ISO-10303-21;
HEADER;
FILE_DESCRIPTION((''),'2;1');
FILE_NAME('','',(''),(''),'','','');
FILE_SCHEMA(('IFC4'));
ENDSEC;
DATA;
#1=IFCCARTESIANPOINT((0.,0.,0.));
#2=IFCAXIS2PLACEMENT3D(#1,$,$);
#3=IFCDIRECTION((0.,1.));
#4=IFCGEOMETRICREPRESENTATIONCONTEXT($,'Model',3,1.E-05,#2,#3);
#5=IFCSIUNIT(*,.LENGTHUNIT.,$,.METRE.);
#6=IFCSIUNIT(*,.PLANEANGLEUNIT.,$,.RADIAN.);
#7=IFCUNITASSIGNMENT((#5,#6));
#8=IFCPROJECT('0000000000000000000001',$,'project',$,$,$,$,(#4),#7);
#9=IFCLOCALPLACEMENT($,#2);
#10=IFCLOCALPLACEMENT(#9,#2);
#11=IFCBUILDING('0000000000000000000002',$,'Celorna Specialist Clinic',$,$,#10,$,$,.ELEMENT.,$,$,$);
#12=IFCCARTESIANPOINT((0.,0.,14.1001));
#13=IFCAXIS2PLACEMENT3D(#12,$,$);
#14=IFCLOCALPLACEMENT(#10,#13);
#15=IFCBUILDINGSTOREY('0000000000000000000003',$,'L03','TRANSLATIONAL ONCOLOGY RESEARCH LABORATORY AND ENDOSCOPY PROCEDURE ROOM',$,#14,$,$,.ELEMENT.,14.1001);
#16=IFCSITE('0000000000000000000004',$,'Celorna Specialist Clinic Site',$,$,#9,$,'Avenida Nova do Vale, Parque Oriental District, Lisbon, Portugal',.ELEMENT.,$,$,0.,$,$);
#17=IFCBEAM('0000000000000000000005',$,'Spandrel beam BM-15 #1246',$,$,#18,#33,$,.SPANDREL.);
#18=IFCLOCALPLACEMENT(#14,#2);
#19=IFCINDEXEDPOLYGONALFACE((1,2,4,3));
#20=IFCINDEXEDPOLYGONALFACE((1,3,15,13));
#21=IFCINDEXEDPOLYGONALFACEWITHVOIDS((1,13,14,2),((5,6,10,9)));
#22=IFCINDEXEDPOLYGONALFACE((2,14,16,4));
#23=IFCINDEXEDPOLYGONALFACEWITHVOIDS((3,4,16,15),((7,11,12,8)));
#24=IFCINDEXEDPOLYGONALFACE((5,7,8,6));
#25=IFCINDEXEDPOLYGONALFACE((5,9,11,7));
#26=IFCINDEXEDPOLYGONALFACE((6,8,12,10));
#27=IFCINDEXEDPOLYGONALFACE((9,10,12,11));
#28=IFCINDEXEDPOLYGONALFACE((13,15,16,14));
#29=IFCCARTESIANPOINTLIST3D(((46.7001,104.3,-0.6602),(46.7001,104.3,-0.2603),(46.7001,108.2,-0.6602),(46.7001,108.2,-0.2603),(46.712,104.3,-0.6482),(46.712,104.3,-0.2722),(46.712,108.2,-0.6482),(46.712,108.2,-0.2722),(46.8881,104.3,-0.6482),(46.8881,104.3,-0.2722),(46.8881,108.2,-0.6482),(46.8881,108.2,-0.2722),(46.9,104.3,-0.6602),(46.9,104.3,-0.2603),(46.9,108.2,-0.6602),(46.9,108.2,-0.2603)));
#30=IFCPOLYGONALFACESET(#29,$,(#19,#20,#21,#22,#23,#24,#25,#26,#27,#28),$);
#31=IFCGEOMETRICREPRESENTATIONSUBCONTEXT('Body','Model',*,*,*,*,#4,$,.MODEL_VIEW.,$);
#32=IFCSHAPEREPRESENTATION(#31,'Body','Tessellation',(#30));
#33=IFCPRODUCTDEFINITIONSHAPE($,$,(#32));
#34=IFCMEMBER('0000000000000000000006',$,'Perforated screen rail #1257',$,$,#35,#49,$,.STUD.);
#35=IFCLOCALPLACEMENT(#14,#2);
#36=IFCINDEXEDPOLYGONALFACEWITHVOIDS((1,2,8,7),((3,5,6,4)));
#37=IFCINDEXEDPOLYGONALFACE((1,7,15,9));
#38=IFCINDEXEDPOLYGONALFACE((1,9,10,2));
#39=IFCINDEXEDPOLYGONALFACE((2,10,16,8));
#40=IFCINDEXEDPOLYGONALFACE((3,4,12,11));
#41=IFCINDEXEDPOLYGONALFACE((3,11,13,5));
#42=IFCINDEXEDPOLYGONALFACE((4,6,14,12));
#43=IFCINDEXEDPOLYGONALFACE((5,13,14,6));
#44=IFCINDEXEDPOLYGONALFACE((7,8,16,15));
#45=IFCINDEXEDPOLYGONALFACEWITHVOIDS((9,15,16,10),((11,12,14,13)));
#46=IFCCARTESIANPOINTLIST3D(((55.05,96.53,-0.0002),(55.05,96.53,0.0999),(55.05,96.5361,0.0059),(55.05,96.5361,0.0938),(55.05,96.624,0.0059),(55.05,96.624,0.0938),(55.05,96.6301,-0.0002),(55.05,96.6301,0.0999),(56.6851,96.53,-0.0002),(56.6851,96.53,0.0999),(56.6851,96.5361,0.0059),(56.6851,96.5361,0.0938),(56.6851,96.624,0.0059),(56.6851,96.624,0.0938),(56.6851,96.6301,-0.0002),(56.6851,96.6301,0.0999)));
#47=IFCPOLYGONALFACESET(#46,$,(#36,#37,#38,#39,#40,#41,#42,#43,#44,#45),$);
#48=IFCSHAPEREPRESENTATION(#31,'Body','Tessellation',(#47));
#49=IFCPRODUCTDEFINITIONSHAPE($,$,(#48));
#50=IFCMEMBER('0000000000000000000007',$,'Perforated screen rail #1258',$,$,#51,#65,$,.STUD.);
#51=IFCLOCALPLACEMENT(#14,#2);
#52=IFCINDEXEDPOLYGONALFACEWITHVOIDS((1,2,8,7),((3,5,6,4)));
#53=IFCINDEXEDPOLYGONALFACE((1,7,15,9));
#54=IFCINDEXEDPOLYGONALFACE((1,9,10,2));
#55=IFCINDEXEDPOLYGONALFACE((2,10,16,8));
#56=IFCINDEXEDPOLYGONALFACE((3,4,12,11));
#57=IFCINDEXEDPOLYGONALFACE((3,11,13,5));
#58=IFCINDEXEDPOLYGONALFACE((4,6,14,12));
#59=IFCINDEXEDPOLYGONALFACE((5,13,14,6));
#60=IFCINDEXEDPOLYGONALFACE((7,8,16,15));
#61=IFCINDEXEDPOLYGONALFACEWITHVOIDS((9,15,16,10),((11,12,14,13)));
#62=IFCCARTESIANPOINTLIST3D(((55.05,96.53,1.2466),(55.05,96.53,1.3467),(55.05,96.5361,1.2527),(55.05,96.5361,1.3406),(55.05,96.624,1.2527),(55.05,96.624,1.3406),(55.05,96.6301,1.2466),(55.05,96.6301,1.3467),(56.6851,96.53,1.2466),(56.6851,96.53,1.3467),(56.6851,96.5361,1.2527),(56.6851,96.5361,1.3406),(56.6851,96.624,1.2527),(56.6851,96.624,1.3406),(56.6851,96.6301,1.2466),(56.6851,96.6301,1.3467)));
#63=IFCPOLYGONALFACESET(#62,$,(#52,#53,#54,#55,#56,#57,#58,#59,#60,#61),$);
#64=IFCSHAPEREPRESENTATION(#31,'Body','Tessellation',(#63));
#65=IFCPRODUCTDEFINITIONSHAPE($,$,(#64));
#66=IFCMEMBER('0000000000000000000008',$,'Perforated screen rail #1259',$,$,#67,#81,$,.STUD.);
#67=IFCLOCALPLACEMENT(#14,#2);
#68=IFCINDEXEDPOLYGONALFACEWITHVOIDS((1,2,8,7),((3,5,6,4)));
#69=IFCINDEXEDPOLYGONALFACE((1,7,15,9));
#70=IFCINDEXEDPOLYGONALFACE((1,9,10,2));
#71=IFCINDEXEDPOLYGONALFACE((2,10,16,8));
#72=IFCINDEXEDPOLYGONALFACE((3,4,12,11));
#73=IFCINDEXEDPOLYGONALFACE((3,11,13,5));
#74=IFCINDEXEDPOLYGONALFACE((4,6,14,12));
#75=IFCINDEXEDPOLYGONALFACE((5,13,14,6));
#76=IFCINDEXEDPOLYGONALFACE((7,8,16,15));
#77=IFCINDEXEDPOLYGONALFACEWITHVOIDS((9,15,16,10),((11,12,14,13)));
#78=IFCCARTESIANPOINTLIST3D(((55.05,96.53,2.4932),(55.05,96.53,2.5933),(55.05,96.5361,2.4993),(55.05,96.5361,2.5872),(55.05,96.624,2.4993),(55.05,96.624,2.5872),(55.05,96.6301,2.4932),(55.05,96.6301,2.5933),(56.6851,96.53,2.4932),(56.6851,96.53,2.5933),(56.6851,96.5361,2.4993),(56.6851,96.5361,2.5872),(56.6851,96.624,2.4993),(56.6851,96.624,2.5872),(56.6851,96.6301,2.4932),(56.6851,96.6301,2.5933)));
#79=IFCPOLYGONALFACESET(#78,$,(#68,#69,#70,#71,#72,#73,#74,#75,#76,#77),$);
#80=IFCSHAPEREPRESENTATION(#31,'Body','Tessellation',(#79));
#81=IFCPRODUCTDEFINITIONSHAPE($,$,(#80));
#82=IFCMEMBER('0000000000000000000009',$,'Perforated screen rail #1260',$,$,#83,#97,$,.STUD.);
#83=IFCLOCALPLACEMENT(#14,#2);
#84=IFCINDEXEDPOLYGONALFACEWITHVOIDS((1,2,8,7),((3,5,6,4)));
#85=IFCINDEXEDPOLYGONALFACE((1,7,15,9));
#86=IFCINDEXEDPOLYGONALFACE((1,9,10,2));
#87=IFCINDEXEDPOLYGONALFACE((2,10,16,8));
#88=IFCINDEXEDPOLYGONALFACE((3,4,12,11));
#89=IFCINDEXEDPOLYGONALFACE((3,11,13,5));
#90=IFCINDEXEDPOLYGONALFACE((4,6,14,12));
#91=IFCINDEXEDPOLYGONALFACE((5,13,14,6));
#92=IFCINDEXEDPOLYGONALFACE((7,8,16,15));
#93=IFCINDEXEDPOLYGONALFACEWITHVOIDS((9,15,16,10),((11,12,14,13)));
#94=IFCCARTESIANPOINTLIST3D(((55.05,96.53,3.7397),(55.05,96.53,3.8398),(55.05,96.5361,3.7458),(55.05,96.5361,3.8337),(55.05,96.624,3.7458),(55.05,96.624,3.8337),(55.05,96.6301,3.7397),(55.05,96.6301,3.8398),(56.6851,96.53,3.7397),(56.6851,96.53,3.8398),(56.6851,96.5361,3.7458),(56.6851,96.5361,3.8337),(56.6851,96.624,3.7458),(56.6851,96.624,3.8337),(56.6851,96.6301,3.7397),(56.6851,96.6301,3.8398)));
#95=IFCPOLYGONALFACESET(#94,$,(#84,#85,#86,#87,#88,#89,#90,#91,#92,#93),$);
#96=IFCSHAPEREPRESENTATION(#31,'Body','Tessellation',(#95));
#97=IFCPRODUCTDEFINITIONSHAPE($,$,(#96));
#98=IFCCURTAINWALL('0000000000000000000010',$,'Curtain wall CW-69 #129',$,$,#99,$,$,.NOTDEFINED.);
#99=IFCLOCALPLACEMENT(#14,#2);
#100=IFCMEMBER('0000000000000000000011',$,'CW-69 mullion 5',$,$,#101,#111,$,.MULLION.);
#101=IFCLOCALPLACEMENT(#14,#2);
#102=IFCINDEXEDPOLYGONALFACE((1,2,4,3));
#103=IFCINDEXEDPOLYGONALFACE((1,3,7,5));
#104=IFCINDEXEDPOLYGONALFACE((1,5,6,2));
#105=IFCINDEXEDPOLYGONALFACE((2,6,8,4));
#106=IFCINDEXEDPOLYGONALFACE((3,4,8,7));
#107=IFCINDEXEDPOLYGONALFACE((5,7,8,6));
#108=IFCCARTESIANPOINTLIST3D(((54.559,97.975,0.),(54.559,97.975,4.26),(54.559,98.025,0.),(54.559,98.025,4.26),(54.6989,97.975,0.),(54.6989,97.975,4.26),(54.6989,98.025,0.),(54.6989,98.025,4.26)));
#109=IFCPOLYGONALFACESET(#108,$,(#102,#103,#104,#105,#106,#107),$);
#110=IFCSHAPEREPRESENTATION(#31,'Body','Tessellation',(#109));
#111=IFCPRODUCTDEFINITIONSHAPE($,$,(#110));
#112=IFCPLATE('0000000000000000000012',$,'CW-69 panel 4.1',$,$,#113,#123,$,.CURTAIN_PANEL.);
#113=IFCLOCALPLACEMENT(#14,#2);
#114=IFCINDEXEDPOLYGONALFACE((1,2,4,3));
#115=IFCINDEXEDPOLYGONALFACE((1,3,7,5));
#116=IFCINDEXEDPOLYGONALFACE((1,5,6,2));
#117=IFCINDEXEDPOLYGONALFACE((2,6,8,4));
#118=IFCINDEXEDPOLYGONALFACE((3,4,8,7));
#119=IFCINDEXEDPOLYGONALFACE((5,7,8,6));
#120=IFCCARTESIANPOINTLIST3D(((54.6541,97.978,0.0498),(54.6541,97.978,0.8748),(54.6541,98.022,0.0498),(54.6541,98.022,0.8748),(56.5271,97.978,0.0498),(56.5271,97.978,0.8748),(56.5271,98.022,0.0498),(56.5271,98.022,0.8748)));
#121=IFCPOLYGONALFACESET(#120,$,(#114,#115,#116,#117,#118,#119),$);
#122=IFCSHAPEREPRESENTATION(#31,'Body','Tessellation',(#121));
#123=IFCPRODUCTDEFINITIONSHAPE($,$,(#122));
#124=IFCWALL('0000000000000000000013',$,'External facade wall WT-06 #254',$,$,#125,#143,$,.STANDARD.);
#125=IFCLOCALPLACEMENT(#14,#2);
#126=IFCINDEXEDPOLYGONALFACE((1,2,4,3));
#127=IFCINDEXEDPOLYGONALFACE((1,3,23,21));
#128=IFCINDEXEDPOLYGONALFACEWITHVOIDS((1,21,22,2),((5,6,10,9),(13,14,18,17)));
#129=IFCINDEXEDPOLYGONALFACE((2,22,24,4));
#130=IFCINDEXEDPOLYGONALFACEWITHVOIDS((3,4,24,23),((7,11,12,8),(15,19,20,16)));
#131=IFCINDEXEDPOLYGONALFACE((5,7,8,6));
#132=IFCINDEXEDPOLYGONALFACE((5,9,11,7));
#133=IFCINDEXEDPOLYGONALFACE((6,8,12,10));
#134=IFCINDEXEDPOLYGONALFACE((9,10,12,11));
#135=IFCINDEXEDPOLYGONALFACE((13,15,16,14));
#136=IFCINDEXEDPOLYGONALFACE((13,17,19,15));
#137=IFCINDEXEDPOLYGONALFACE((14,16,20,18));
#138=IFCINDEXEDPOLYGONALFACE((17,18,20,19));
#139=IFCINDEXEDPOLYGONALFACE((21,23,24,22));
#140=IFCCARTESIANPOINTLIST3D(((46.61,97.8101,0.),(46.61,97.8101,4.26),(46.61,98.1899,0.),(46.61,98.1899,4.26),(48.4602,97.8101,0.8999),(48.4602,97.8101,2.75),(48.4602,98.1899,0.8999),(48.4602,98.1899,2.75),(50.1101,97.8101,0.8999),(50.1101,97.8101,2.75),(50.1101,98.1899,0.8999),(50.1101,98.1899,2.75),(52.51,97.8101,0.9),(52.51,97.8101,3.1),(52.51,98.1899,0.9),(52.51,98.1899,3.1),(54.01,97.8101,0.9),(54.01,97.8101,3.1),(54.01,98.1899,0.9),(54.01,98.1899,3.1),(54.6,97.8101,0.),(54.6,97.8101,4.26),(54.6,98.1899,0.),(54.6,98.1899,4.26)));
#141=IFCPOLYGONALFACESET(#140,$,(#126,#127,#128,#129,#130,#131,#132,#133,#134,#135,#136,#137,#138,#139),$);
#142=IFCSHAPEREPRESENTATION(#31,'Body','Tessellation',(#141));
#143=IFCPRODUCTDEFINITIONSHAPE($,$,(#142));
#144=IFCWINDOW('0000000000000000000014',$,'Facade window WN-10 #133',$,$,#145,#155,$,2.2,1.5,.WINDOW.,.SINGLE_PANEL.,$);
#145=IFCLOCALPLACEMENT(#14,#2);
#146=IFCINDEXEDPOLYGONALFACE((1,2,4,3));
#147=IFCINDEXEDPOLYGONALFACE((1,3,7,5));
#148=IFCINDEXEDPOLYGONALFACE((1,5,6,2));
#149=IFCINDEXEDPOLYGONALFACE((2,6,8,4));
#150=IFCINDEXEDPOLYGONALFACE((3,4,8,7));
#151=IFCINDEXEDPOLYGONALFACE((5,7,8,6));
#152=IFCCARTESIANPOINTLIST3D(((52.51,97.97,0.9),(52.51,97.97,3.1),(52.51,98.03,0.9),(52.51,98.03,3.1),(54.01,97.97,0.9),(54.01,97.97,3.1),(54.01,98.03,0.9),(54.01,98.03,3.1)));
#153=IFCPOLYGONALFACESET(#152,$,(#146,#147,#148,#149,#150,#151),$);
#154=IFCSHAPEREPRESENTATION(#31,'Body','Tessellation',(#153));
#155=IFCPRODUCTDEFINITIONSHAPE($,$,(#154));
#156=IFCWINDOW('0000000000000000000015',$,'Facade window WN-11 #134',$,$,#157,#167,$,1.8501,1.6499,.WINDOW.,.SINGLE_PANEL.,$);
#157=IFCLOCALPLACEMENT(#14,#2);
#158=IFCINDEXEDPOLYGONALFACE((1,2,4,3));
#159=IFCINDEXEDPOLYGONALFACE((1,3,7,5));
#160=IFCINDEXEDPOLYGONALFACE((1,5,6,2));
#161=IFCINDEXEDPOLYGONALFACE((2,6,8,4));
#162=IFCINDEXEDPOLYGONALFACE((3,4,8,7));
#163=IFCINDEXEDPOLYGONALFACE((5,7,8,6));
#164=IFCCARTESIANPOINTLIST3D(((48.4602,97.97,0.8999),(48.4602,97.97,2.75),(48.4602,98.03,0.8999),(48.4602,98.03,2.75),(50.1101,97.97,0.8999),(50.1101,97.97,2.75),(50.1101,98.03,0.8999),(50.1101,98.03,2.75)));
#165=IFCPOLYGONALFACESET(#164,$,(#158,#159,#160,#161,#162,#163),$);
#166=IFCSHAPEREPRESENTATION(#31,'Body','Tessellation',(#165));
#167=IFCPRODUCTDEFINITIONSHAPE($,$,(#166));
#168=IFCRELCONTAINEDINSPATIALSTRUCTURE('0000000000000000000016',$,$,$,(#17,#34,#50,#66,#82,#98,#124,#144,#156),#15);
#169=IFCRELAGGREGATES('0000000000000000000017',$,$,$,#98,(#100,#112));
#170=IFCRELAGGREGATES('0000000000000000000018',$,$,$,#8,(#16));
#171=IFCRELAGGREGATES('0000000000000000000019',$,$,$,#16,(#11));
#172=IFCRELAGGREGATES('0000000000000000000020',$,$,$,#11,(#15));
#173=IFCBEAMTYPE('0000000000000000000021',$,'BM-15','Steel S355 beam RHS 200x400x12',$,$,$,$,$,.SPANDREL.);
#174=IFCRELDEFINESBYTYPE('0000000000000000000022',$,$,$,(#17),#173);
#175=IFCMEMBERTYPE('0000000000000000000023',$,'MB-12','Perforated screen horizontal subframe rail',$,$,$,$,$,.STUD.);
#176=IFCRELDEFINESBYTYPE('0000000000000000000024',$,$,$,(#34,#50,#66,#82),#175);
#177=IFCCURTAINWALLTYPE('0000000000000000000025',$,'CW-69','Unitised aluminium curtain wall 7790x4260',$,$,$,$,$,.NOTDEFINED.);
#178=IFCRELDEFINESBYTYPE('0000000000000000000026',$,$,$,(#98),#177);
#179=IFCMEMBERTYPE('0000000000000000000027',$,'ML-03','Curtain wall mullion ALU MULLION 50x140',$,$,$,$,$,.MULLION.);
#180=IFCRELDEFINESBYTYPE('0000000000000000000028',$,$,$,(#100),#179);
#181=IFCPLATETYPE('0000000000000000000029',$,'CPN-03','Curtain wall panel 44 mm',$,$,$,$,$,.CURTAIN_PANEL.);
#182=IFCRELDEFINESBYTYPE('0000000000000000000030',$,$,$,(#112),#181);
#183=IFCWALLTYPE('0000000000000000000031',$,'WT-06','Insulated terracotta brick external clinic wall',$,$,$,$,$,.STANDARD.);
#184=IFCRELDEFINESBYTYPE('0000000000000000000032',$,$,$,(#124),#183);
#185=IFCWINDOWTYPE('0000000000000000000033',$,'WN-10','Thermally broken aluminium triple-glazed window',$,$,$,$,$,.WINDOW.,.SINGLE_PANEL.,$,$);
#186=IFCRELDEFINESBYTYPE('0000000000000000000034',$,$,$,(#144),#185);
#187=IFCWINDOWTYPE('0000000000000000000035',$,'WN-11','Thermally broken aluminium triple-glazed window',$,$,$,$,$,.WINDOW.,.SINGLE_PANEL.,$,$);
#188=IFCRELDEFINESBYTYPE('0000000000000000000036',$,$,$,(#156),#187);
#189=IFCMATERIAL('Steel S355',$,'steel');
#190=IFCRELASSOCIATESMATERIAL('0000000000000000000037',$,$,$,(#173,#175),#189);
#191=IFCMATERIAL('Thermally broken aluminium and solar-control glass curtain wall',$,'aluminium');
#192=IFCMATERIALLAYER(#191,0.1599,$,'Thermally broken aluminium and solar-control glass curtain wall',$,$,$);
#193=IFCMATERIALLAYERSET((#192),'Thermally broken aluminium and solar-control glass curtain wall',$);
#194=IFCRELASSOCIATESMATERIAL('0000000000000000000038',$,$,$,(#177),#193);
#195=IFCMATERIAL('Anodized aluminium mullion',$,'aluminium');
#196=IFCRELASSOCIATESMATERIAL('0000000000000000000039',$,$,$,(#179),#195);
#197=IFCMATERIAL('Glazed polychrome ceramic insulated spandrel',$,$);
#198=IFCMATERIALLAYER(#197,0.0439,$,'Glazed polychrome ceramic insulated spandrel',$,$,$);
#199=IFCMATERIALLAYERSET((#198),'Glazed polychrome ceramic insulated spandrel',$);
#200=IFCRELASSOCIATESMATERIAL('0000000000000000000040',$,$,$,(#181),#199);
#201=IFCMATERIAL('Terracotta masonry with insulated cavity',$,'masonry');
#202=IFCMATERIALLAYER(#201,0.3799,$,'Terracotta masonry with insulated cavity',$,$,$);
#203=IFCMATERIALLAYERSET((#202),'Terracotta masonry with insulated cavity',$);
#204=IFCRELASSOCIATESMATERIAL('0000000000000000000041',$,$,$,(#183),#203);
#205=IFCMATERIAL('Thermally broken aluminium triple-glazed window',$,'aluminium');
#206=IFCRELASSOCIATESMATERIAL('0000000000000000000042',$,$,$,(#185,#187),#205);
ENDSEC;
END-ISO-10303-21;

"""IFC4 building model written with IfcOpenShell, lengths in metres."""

from ifc_helpers import new_model, si_unit, direction, frame, frame_2d, origin, origin_2d, place, context, subcontext, project, spatial, rectangle, hollow_rectangle, extrude, material, layer, layer_set, material_profile, profile_set, type_object, element, fill, aggregate, save


model = new_model("IFC4")

# Units and contexts
model_context = context("Model", 3, precision=1e-05, world=origin(), true_north=direction((0.0, 1.0)))
body_context = subcontext(model_context, "Body", "Model", "MODEL_VIEW")
ifc_project = project(units=[si_unit("LENGTHUNIT", "METRE"), si_unit("PLANEANGLEUNIT", "RADIAN")], contexts=[model_context])

# Site, building, storey
site_placement = place(None, origin())
site = spatial("IfcSite", under=ifc_project, at=site_placement, Name="Celorna Specialist Clinic Site", LongName="Avenida Nova do Vale, Parque Oriental District, Lisbon, Portugal", CompositionType="ELEMENT", RefElevation=0.0)
building_placement = place(site_placement, origin())
building = spatial("IfcBuilding", under=site, at=building_placement, Name="Celorna Specialist Clinic", CompositionType="ELEMENT")
storey_placement = place(building_placement, frame((0.0, 0.0, 14.1001)))
storey = spatial("IfcBuildingStorey", under=building, at=storey_placement, Name="L03", Description="TRANSLATIONAL ONCOLOGY RESEARCH LABORATORY AND ENDOSCOPY PROCEDURE ROOM", CompositionType="ELEMENT", Elevation=14.1001)

# Beam
ifc_material_1 = material(Name="Steel S355", Category="steel")
ifc_material_profile_1 = material_profile(ifc_material_1, hollow_rectangle(XDim=0.2, YDim=0.3999, WallThickness=0.012, at=origin_2d()), Name="RHS 200x400x12")
ifc_profile_set_1 = profile_set([ifc_material_profile_1], Name="Steel S355")
beam_type_1 = type_object("IfcBeamType", Name="BM-15", Description="Steel S355 beam RHS 200x400x12", PredefinedType="SPANDREL", material=ifc_profile_set_1)
beam_1_placement = place(storey_placement, frame((46.8, 104.3, -0.4602), z_axis=(0.0, 1.0, 0.0), x_axis=(-1.0, 0.0, 0.0)))
element("IfcBeam", 1, at=beam_1_placement, inside=storey, type_object=beam_type_1, Name="Spandrel beam BM-15 #1246", PredefinedType="SPANDREL", context=body_context, shape_type="SweptSolid", body=[
    extrude(hollow_rectangle(XDim=0.2, YDim=0.3999, WallThickness=0.012, at=origin_2d()), origin(), (0.0, 0.0, 1.0), 3.8999),
])

# Members
ifc_material_profile_2 = material_profile(ifc_material_1, hollow_rectangle(XDim=0.1001, YDim=0.1001, WallThickness=0.0061, at=origin_2d()), Name="SHS 100x100x6")
ifc_profile_set_2 = profile_set([ifc_material_profile_2], Name="Steel S355")
member_type_1 = type_object("IfcMemberType", Name="MB-12", Description="Perforated screen horizontal subframe rail", PredefinedType="STUD", material=ifc_profile_set_2)
for number, where, z_axis, x_axis, name in (
    (2, (55.05, 96.5801, 0.0498), (1.0, 0.0, 0.0), (0.0, 1.0, 0.0), "Perforated screen rail #1257"),
    (3, (55.05, 96.5801, 1.2966), (1.0, 0.0, 0.0), (0.0, 1.0, 0.0), "Perforated screen rail #1258"),
    (4, (55.05, 96.5801, 2.5432), (1.0, 0.0, 0.0), (0.0, 1.0, 0.0), "Perforated screen rail #1259"),
    (5, (55.05, 96.5801, 3.7898), (1.0, 0.0, 0.0), (0.0, 1.0, 0.0), "Perforated screen rail #1260"),
):
    element("IfcMember", number, at=place(storey_placement, frame(where, z_axis=z_axis, x_axis=x_axis)), inside=storey, type_object=member_type_1, Name=name, PredefinedType="STUD", context=body_context, shape_type="SweptSolid", body=[
        extrude(hollow_rectangle(XDim=0.1001, YDim=0.1001, WallThickness=0.0061, at=origin_2d()), origin(), (0.0, 0.0, 1.0), 1.635),
    ])

# Curtain wall, member, plate
ifc_material_2 = material(Name="Thermally broken aluminium and solar-control glass curtain wall", Category="aluminium")
ifc_layer_1 = layer(ifc_material_2, 0.1599, Name="Thermally broken aluminium and solar-control glass curtain wall")
ifc_layer_set_1 = layer_set([ifc_layer_1], Name="Thermally broken aluminium and solar-control glass curtain wall")
curtain_wall_type = type_object("IfcCurtainWallType", Name="CW-69", Description="Unitised aluminium curtain wall 7790x4260", PredefinedType="NOTDEFINED", material=ifc_layer_set_1)
curtain_wall_placement = place(storey_placement, origin())
curtain_wall = element("IfcCurtainWall", 6, at=curtain_wall_placement, inside=storey, type_object=curtain_wall_type, Name="Curtain wall CW-69 #129", PredefinedType="NOTDEFINED")
ifc_material_3 = material(Name="Anodized aluminium mullion", Category="aluminium")
ifc_material_profile_3 = material_profile(ifc_material_3, rectangle(XDim=0.05, YDim=0.1399, at=origin_2d()), Name="ALU MULLION 50x140")
ifc_profile_set_3 = profile_set([ifc_material_profile_3], Name="Anodized aluminium mullion")
member_type_2 = type_object("IfcMemberType", Name="ML-03", Description="Curtain wall mullion ALU MULLION 50x140", PredefinedType="MULLION", material=ifc_profile_set_3)
member_placement = place(storey_placement, frame((54.6289, 98.0, 0.0), z_axis=(0.0, 0.0, 1.0), x_axis=(0.0, -1.0, 0.0)))
member = element("IfcMember", 7, at=member_placement, type_object=member_type_2, Name="CW-69 mullion 5", PredefinedType="MULLION", context=body_context, shape_type="SweptSolid", body=[
    extrude(rectangle(XDim=0.05, YDim=0.1399, at=origin_2d()), origin(), (0.0, 0.0, 1.0), 4.26),
])
ifc_material_4 = material(Name="Glazed polychrome ceramic insulated spandrel")
ifc_layer_2 = layer(ifc_material_4, 0.0439, Name="Glazed polychrome ceramic insulated spandrel")
ifc_layer_set_2 = layer_set([ifc_layer_2], Name="Glazed polychrome ceramic insulated spandrel")
plate_type = type_object("IfcPlateType", Name="CPN-03", Description="Curtain wall panel 44 mm", PredefinedType="CURTAIN_PANEL", material=ifc_layer_set_2)
plate_placement = place(storey_placement, frame((55.5906, 98.0, 0.0498), z_axis=(0.0, 0.0, 1.0), x_axis=(-1.0, 0.0, 0.0)))
plate = element("IfcPlate", 8, at=plate_placement, type_object=plate_type, Name="CW-69 panel 4.1", PredefinedType="CURTAIN_PANEL", context=body_context, shape_type="SweptSolid", body=[
    extrude(rectangle(XDim=1.873, YDim=0.0439, at=origin_2d()), origin(), (0.0, 0.0, 1.0), 0.825),
])
aggregate(curtain_wall, [member, plate])

# Wall, openings, windows
ifc_material_5 = material(Name="Terracotta masonry with insulated cavity", Category="masonry")
ifc_layer_3 = layer(ifc_material_5, 0.3799, Name="Terracotta masonry with insulated cavity")
ifc_layer_set_3 = layer_set([ifc_layer_3], Name="Terracotta masonry with insulated cavity")
wall_type_1 = type_object("IfcWallType", Name="WT-06", Description="Insulated terracotta brick external clinic wall", PredefinedType="STANDARD", material=ifc_layer_set_3)
wall_1_placement = place(storey_placement, frame((54.6001, 98.0, 0.0), z_axis=(0.0, 0.0, 1.0), x_axis=(-1.0, 0.0, 0.0)))
wall_1 = element("IfcWall", 9, at=wall_1_placement, inside=storey, type_object=wall_type_1, Name="External facade wall WT-06 #254", PredefinedType="STANDARD", context=body_context, shape_type="SweptSolid", body=[
    extrude(rectangle(XDim=7.99, YDim=0.3799, at=frame_2d((3.9951, 0.0))), origin(), (0.0, 0.0, 1.0), 4.26),
])
opening_1_placement = place(wall_1_placement, frame((0.5901, 0.0, 0.8999)))
opening_1 = element("IfcOpeningElement", 10, at=opening_1_placement, cuts=wall_1, PredefinedType="OPENING", context=body_context, shape_type="SweptSolid", body=[
    extrude(rectangle(XDim=1.5, YDim=2.2, at=frame_2d((0.75, 1.1001))), frame((0.0, 0.2, 0.0), z_axis=(0.0, -1.0, 0.0), x_axis=(1.0, 0.0, 0.0)), (0.0, 0.0, 1.0), 0.3999),
])
opening_2_placement = place(wall_1_placement, frame((4.49, 0.0, 0.8999)))
opening_2 = element("IfcOpeningElement", 11, at=opening_2_placement, cuts=wall_1, PredefinedType="OPENING", context=body_context, shape_type="SweptSolid", body=[
    extrude(rectangle(XDim=1.6499, YDim=1.8501, at=frame_2d((0.825, 0.925))), frame((0.0, 0.2, 0.0), z_axis=(0.0, -1.0, 0.0), x_axis=(1.0, 0.0, 0.0)), (0.0, 0.0, 1.0), 0.3999),
])
ifc_material_6 = material(Name="Thermally broken aluminium triple-glazed window", Category="aluminium")
window_type_1 = type_object("IfcWindowType", Name="WN-10", Description="Thermally broken aluminium triple-glazed window", PartitioningType="SINGLE_PANEL", PredefinedType="WINDOW", material=ifc_material_6)
window_1_placement = place(opening_1_placement, origin())
window_1 = element("IfcWindow", 12, at=window_1_placement, inside=storey, type_object=window_type_1, Name="Facade window WN-10 #133", OverallHeight=2.2, OverallWidth=1.5, PartitioningType="SINGLE_PANEL", PredefinedType="WINDOW", context=body_context, shape_type="SweptSolid", body=[
    extrude(rectangle(XDim=1.5, YDim=2.2, at=frame_2d((0.75, 1.1001))), frame((0.0, 0.03, 0.0), z_axis=(0.0, -1.0, 0.0), x_axis=(1.0, 0.0, 0.0)), (0.0, 0.0, 1.0), 0.0601),
])
fill(opening_1, window_1)
window_type_2 = type_object("IfcWindowType", Name="WN-11", Description="Thermally broken aluminium triple-glazed window", PartitioningType="SINGLE_PANEL", PredefinedType="WINDOW", material=ifc_material_6)
window_2_placement = place(opening_2_placement, origin())
window_2 = element("IfcWindow", 13, at=window_2_placement, inside=storey, type_object=window_type_2, Name="Facade window WN-11 #134", OverallHeight=1.8501, OverallWidth=1.6499, PartitioningType="SINGLE_PANEL", PredefinedType="WINDOW", context=body_context, shape_type="SweptSolid", body=[
    extrude(rectangle(XDim=1.6499, YDim=1.8501, at=frame_2d((0.825, 0.925))), frame((0.0, 0.03, 0.0), z_axis=(0.0, -1.0, 0.0), x_axis=(1.0, 0.0, 0.0)), (0.0, 0.0, 1.0), 0.0601),
])
fill(opening_2, window_2)

save(model, "model.ifc")
